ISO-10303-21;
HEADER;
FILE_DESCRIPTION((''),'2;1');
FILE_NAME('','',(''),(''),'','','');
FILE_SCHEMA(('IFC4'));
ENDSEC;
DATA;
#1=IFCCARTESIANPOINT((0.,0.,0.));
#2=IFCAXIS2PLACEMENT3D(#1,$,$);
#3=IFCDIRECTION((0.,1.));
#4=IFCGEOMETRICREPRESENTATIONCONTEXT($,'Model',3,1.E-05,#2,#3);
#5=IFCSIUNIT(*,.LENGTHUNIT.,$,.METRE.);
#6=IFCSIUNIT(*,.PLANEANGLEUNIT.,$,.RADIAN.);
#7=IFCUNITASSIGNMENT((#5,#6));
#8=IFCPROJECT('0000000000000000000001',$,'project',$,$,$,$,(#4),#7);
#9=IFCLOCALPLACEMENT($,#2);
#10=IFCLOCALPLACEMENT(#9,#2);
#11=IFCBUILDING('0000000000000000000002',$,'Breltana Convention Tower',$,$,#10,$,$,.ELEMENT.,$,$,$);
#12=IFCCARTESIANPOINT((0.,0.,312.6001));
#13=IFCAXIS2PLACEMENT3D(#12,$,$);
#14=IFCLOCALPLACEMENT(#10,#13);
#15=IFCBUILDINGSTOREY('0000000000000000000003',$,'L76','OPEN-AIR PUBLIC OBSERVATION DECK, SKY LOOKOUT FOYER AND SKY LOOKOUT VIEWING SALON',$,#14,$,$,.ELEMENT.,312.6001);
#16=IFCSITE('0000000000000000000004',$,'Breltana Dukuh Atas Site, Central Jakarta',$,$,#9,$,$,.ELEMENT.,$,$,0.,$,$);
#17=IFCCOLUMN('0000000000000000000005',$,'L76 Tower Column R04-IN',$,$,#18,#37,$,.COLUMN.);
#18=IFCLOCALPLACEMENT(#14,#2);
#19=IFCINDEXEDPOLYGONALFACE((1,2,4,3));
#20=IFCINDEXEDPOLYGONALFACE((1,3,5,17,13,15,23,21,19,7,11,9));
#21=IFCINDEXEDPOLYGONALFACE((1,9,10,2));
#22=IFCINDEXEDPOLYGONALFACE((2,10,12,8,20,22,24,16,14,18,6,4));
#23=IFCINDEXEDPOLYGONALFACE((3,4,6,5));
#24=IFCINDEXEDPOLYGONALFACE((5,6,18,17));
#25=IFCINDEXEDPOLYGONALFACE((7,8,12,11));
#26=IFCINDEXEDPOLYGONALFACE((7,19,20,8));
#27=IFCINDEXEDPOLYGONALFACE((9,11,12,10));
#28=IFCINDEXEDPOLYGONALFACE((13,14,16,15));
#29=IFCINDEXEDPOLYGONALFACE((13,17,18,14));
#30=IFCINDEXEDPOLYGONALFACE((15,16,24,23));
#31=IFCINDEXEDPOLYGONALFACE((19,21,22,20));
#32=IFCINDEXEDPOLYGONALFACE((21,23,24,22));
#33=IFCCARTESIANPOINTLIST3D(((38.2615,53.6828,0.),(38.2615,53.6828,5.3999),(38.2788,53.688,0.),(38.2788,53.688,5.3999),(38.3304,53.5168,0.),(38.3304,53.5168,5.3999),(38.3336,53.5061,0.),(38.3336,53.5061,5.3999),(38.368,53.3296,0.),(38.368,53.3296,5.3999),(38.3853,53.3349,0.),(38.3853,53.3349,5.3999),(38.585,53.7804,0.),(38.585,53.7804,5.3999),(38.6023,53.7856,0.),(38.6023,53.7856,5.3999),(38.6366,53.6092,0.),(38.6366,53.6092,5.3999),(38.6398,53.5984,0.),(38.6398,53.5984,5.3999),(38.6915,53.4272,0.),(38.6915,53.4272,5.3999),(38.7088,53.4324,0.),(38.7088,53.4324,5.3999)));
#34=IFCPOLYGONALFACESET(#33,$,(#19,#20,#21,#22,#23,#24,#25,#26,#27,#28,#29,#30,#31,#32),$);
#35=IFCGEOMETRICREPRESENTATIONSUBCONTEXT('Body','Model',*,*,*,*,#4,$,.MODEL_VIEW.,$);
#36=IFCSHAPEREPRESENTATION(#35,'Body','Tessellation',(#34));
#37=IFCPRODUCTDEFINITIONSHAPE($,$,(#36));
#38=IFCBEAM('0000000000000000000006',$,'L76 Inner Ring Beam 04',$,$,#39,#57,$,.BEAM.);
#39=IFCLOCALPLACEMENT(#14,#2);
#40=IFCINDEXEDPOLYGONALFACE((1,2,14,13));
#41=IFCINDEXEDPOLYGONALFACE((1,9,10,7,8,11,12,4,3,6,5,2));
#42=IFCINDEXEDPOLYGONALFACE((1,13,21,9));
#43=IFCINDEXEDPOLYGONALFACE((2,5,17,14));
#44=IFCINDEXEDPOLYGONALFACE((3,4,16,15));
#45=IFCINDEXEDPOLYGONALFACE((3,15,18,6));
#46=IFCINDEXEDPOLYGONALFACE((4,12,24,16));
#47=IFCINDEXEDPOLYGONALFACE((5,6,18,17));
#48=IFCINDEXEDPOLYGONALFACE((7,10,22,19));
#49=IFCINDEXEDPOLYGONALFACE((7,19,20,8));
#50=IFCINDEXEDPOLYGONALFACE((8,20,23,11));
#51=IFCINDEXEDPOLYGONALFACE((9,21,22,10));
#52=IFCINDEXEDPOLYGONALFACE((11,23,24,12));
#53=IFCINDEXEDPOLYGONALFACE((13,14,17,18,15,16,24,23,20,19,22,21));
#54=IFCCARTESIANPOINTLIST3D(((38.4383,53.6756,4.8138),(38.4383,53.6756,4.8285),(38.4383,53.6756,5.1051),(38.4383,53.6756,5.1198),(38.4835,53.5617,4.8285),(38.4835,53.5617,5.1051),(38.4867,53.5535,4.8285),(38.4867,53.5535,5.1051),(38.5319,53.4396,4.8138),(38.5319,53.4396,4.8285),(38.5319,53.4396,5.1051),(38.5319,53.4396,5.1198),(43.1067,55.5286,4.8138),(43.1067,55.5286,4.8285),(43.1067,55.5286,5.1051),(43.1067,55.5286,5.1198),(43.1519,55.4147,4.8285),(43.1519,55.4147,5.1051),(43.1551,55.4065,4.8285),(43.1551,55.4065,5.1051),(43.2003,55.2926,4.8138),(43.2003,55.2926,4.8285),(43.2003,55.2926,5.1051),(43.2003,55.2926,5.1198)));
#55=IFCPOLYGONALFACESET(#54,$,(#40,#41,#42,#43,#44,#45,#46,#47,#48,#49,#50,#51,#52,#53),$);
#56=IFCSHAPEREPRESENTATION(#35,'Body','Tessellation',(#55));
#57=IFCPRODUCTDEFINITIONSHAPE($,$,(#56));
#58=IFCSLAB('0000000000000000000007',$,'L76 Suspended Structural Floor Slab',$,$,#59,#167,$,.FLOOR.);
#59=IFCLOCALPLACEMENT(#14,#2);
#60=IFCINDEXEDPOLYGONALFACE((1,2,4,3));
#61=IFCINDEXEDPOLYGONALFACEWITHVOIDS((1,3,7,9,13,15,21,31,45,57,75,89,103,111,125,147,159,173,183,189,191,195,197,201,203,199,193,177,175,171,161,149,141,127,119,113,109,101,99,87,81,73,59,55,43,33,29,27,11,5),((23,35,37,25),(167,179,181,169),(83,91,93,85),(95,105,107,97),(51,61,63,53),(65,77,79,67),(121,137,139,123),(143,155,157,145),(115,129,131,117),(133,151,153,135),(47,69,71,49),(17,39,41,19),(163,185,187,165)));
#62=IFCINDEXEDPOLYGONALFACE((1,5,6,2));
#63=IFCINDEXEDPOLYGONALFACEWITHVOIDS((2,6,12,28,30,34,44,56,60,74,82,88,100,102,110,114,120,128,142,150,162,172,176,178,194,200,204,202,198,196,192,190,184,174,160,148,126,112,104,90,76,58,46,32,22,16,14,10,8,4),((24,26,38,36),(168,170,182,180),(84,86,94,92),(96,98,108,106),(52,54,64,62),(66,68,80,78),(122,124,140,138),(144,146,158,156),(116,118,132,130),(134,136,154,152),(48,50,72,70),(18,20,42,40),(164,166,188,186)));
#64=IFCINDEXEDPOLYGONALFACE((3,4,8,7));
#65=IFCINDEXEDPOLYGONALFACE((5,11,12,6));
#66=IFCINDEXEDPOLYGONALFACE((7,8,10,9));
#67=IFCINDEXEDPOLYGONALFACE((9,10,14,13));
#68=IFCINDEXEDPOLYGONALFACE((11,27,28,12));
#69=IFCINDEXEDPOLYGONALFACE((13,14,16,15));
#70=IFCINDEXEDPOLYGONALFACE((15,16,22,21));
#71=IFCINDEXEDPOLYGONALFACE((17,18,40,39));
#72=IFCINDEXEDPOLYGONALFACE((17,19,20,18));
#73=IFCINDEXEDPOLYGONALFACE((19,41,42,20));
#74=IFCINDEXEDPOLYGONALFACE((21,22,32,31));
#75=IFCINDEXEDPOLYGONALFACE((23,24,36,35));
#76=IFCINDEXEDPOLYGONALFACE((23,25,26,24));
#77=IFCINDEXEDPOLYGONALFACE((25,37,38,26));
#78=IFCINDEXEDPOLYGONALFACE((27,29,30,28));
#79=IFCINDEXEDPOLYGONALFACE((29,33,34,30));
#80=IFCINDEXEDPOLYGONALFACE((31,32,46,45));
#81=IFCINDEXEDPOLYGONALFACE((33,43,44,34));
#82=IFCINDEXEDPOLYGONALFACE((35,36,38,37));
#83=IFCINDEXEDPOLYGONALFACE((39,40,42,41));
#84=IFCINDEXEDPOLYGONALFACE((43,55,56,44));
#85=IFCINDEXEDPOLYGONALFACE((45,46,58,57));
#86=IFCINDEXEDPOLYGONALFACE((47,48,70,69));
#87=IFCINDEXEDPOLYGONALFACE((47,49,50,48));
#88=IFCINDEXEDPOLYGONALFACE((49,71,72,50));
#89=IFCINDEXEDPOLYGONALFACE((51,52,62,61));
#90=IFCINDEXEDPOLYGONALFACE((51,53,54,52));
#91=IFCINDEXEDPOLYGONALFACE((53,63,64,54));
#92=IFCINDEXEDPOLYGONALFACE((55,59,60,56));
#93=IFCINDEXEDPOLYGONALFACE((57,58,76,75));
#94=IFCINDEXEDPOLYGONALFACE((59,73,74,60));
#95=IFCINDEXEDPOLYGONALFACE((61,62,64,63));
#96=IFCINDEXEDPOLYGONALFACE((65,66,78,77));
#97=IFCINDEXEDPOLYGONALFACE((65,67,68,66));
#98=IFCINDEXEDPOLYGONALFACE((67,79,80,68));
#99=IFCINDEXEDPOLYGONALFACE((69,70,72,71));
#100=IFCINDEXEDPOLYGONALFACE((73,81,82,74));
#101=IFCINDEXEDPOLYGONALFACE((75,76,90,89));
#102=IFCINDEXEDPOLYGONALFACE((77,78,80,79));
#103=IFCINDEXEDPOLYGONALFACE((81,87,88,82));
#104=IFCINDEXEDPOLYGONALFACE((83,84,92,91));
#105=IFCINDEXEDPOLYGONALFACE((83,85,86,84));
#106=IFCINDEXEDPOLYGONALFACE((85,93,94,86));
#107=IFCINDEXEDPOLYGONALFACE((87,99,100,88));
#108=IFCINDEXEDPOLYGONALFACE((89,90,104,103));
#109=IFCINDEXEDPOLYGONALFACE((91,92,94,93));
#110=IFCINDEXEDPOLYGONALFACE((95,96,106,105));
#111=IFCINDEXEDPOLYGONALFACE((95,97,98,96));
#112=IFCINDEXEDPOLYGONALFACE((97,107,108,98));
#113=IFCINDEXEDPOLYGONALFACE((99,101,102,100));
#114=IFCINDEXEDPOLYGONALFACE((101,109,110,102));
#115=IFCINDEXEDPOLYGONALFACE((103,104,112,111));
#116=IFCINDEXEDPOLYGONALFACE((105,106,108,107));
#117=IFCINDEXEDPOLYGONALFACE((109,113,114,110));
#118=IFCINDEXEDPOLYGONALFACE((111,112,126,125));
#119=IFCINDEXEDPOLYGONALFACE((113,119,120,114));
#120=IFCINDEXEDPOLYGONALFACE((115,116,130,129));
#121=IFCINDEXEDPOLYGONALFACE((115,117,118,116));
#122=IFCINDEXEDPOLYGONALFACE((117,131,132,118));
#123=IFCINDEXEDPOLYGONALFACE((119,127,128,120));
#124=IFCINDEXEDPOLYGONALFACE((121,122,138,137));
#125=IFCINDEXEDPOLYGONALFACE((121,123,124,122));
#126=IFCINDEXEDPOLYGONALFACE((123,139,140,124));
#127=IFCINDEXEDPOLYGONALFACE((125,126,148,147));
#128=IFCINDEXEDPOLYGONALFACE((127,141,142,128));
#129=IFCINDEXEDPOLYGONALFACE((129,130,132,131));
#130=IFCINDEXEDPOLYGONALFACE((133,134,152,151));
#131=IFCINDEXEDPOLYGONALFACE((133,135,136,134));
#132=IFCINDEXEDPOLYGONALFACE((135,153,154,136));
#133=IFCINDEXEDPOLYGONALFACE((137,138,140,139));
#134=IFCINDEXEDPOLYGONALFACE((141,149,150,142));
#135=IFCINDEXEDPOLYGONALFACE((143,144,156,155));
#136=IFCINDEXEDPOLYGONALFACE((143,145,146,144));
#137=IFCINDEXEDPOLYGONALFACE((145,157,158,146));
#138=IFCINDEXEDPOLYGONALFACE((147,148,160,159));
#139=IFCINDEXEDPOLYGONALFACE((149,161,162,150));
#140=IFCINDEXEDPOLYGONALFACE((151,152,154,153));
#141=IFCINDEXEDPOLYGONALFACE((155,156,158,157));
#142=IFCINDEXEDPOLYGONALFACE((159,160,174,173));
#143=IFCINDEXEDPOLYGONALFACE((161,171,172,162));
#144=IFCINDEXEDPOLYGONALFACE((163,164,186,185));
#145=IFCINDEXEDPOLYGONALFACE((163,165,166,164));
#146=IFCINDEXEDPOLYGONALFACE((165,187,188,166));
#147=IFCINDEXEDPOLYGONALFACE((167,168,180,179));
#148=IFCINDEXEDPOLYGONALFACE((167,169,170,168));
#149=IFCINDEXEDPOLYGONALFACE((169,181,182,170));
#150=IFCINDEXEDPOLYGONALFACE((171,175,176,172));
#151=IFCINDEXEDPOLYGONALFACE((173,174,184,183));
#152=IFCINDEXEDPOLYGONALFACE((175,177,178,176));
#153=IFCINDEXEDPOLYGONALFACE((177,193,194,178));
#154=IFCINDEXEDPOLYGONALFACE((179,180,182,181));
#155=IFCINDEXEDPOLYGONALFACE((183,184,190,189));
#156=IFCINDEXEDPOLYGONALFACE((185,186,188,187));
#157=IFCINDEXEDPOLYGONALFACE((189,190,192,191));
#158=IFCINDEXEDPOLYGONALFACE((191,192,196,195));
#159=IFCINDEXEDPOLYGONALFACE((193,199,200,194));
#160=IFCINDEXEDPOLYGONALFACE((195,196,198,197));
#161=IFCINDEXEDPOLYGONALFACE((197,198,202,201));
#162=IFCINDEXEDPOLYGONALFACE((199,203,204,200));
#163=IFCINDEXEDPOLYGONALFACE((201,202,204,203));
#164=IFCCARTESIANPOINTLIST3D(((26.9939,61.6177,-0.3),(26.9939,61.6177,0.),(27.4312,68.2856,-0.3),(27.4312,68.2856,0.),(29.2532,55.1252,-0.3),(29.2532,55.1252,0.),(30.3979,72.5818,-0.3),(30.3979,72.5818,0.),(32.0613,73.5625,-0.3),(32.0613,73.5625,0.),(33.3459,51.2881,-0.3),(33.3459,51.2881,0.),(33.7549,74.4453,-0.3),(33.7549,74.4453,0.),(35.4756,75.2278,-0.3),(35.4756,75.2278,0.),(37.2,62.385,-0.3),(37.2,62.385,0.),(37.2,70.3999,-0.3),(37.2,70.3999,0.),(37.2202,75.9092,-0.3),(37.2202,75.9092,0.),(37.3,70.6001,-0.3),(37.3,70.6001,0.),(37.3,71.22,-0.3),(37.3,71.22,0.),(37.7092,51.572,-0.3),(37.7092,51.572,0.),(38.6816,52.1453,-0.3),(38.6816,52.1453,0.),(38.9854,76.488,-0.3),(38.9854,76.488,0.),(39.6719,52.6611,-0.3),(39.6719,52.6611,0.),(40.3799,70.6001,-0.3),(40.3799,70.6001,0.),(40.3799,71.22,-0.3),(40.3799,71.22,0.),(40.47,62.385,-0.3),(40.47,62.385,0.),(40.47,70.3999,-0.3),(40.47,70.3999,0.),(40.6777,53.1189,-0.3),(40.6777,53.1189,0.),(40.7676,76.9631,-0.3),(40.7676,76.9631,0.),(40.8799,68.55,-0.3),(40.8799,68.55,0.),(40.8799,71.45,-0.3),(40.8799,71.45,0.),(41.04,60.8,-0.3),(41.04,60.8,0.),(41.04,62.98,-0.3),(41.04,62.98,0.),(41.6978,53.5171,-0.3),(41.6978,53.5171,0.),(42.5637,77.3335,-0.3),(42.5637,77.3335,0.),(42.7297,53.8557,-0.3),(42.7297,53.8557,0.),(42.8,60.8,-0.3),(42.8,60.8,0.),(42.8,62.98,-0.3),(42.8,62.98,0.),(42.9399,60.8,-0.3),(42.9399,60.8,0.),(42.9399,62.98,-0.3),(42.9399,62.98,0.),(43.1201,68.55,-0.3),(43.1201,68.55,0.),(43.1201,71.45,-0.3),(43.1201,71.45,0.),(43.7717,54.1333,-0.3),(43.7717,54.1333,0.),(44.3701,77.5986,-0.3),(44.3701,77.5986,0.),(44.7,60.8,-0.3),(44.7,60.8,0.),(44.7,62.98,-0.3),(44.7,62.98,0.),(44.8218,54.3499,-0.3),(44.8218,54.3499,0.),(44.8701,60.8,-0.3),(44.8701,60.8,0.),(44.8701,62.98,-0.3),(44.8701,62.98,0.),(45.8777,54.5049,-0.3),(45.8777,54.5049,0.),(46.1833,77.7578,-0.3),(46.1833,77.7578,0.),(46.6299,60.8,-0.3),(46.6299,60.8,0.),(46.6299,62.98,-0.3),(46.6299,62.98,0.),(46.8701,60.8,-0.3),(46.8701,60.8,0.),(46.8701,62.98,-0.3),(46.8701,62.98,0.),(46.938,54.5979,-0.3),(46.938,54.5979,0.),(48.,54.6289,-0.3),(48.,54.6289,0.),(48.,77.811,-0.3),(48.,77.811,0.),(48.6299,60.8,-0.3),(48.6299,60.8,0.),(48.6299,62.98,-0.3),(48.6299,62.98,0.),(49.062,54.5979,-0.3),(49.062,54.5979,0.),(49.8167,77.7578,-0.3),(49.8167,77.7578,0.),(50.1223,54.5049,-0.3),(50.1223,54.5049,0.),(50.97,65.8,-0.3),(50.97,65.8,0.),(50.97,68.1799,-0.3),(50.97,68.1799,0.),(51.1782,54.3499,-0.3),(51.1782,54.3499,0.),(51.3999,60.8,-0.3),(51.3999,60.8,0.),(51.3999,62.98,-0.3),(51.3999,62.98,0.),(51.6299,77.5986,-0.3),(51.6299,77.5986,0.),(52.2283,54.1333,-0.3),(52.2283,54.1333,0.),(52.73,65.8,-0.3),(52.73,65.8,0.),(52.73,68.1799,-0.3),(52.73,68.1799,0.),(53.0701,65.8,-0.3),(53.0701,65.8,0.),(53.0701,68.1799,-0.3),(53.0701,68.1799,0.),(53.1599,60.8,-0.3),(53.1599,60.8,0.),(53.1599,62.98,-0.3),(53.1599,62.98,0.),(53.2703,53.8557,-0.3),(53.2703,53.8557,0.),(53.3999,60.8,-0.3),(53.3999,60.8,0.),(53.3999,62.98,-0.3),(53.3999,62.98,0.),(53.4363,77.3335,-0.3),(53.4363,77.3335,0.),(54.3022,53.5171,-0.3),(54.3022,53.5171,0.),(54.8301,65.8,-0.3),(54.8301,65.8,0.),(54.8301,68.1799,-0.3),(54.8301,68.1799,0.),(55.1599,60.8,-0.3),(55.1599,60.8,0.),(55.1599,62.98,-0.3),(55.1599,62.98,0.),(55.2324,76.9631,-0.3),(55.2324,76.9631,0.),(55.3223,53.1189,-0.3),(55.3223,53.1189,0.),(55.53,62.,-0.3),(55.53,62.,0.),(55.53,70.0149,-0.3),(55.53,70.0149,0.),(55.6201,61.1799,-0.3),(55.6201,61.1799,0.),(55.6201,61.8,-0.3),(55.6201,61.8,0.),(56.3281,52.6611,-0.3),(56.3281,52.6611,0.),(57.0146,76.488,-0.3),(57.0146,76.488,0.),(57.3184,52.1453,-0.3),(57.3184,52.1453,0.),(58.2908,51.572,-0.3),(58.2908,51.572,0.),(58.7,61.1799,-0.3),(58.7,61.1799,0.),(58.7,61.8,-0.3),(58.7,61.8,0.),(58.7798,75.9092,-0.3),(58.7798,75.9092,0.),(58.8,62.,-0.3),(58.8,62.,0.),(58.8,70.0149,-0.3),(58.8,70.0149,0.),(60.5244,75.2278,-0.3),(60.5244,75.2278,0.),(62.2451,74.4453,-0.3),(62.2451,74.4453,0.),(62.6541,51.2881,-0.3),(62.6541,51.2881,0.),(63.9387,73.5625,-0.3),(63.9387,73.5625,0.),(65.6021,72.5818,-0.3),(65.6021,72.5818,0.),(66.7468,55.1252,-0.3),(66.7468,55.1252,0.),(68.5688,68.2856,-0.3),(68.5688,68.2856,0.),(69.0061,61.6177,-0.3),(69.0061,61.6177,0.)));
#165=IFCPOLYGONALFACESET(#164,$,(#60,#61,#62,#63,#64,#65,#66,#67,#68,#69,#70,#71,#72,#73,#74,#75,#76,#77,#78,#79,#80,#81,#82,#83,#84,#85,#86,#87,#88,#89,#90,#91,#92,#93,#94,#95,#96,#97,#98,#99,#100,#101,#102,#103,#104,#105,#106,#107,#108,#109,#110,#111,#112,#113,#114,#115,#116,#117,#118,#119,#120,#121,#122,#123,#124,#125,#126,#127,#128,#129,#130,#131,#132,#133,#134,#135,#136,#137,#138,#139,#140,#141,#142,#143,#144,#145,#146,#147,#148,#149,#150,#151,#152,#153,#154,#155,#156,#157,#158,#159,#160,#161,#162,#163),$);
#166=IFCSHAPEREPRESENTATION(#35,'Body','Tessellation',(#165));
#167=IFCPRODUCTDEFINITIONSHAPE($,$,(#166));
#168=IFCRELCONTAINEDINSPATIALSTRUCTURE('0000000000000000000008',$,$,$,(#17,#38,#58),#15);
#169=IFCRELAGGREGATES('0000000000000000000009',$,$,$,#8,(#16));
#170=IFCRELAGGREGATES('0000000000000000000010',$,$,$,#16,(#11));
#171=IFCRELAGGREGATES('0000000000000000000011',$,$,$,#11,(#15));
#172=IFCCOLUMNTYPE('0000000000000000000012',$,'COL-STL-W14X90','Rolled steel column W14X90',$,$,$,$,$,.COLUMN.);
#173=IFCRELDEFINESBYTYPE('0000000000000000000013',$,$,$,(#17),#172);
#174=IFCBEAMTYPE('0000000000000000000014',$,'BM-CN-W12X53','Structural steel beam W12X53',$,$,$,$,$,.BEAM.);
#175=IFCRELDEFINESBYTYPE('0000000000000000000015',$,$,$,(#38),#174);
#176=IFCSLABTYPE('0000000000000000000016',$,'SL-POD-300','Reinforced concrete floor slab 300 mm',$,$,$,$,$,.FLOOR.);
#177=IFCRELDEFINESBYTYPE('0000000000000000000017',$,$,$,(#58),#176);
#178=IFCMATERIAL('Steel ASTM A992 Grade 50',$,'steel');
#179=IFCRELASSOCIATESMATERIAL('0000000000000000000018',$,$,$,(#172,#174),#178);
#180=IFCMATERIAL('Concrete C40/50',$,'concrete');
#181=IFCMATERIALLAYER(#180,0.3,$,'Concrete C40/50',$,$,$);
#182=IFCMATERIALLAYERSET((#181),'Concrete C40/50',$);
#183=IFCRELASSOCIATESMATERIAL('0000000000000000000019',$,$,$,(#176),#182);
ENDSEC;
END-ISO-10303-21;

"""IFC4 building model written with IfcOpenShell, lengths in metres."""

from ifc_helpers import new_model, si_unit, direction, frame, origin, origin_2d, place, context, subcontext, project, spatial, polyline, i_section, outline, extrude, source, transform, mapped, material, layer, layer_set, material_profile, profile_set, type_object, element, save


model = new_model("IFC4")

# Units and contexts
model_context = context("Model", 3, precision=1e-05, world=origin(), true_north=direction((0.0, 1.0)))
body_context = subcontext(model_context, "Body", "Model", "MODEL_VIEW")
ifc_project = project(units=[si_unit("LENGTHUNIT", "METRE"), si_unit("PLANEANGLEUNIT", "RADIAN")], contexts=[model_context])

# Site, building, storey
site_placement = place(None, origin())
site = spatial("IfcSite", under=ifc_project, at=site_placement, Name="Breltana Dukuh Atas Site, Central Jakarta", CompositionType="ELEMENT", RefElevation=0.0)
building_placement = place(site_placement, origin())
building = spatial("IfcBuilding", under=site, at=building_placement, Name="Breltana Convention Tower", CompositionType="ELEMENT")
storey_placement = place(building_placement, frame((0.0, 0.0, 312.6001)))
storey = spatial("IfcBuildingStorey", under=building, at=storey_placement, Name="L76", Description="OPEN-AIR PUBLIC OBSERVATION DECK, SKY LOOKOUT FOYER AND SKY LOOKOUT VIEWING SALON", CompositionType="ELEMENT", Elevation=312.6001)

# Column
ifc_material_1 = material(Name="Steel ASTM A992 Grade 50", Category="steel")
ifc_material_profile_1 = material_profile(ifc_material_1, i_section(OverallWidth=0.3689, OverallDepth=0.356, WebThickness=0.0112, FlangeThickness=0.0181, at=origin_2d()), Name="W14X90")
ifc_profile_set_1 = profile_set([ifc_material_profile_1], Name="Steel ASTM A992 Grade 50")
column_type = type_object("IfcColumnType", Name="COL-STL-W14X90", Description="Rolled steel column W14X90", PredefinedType="COLUMN", material=ifc_profile_set_1)
shared_shape_1 = source(origin(), body_context, "Body", "SweptSolid", [
    extrude(i_section(OverallWidth=0.3689, OverallDepth=0.356, WebThickness=0.0112, FlangeThickness=0.0181, at=origin_2d()), origin(), (0.0, 0.0, 1.0), 5.3999),
])
column_placement = place(storey_placement, frame((38.4851, 53.5576, 0.0), z_axis=(0.0, 0.0, 1.0), x_axis=(-0.288698, 0.95742, 0.0)))
element("IfcColumn", 1, at=column_placement, inside=storey, type_object=column_type, Name="L76 Tower Column R04-IN", PredefinedType="COLUMN", context=body_context, shape_type="MappedRepresentation", body=[
    mapped(shared_shape_1, transform((0.0, 0.0, 0.0), scale=1.0)),
])

# Beam
ifc_material_profile_2 = material_profile(ifc_material_1, i_section(OverallWidth=0.2539, OverallDepth=0.3059, WebThickness=0.0088, FlangeThickness=0.0146, at=origin_2d()), Name="W12X53")
ifc_profile_set_2 = profile_set([ifc_material_profile_2], Name="Steel ASTM A992 Grade 50")
beam_type = type_object("IfcBeamType", Name="BM-CN-W12X53", Description="Structural steel beam W12X53", PredefinedType="BEAM", material=ifc_profile_set_2)
shared_shape_2 = source(origin(), body_context, "Body", "SweptSolid", [
    extrude(i_section(OverallWidth=0.2539, OverallDepth=0.3059, WebThickness=0.0088, FlangeThickness=0.0146, at=origin_2d()), origin(), (0.0, 0.0, 1.0), 5.0227),
])
beam_placement = place(storey_placement, frame((38.4851, 53.5576, 4.9668), z_axis=(0.929459, 0.368926, 0.0), x_axis=(-0.368926, 0.929459, 0.0)))
element("IfcBeam", 2, at=beam_placement, inside=storey, type_object=beam_type, Name="L76 Inner Ring Beam 04", PredefinedType="BEAM", context=body_context, shape_type="MappedRepresentation", body=[
    mapped(shared_shape_2, transform((0.0, 0.0, 0.0), scale=1.0)),
])

# Slab
ifc_material_2 = material(Name="Concrete C40/50", Category="concrete")
ifc_layer_1 = layer(ifc_material_2, 0.3, Name="Concrete C40/50")
ifc_layer_set_1 = layer_set([ifc_layer_1], Name="Concrete C40/50")
slab_type_1 = type_object("IfcSlabType", Name="SL-POD-300", Description="Reinforced concrete floor slab 300 mm", PredefinedType="FLOOR", material=ifc_layer_set_1)
slab_1_placement = place(storey_placement, frame((0.0, 0.0, -0.3)))
element("IfcSlab", 3, at=slab_1_placement, inside=storey, type_object=slab_type_1, Name="L76 Suspended Structural Floor Slab", PredefinedType="FLOOR", context=body_context, shape_type="SweptSolid", body=[
    extrude(outline(polyline([(65.6021, 72.5818), (63.9387, 73.5625), (62.2451, 74.4453), (60.5244, 75.2278), (58.7798, 75.9092), (57.0146, 76.488), (55.2324, 76.9631), (53.4363, 77.3335), (51.6299, 77.5986), (49.8167, 77.7578), (48.0, 77.811), (46.1833, 77.7578), (44.3701, 77.5986), (42.5637, 77.3335), (40.7676, 76.9631), (38.9854, 76.488), (37.2202, 75.9092), (35.4756, 75.2278), (33.7549, 74.4453), (32.0613, 73.5625), (30.3979, 72.5818), (27.4312, 68.2856), (26.9939, 61.6177), (29.2532, 55.1252), (33.3459, 51.2881), (37.7092, 51.572), (38.6816, 52.1453), (39.6719, 52.6611), (40.6777, 53.1189), (41.6978, 53.5171), (42.7297, 53.8557), (43.7717, 54.1333), (44.8218, 54.3499), (45.8777, 54.5049), (46.938, 54.5979), (48.0, 54.6289), (49.062, 54.5979), (50.1223, 54.5049), (51.1782, 54.3499), (52.2283, 54.1333), (53.2703, 53.8557), (54.3022, 53.5171), (55.3223, 53.1189), (56.3281, 52.6611), (57.3184, 52.1453), (58.2908, 51.572), (62.6541, 51.2881), (66.7468, 55.1252), (69.0061, 61.6177), (68.5688, 68.2856), (65.6021, 72.5818)]), holes=[polyline([(37.2, 62.385), (40.47, 62.385), (40.47, 70.3999), (37.2, 70.3999), (37.2, 62.385)]), polyline([(55.53, 62.0), (58.8, 62.0), (58.8, 70.0149), (55.53, 70.0149), (55.53, 62.0)]), polyline([(41.04, 60.8), (42.8, 60.8), (42.8, 62.98), (41.04, 62.98), (41.04, 60.8)]), polyline([(42.9399, 60.8), (44.7, 60.8), (44.7, 62.98), (42.9399, 62.98), (42.9399, 60.8)]), polyline([(44.8701, 60.8), (46.6299, 60.8), (46.6299, 62.98), (44.8701, 62.98), (44.8701, 60.8)]), polyline([(46.8701, 60.8), (48.6299, 60.8), (48.6299, 62.98), (46.8701, 62.98), (46.8701, 60.8)]), polyline([(51.3999, 60.8), (53.1599, 60.8), (53.1599, 62.98), (51.3999, 62.98), (51.3999, 60.8)]), polyline([(53.3999, 60.8), (55.1599, 60.8), (55.1599, 62.98), (53.3999, 62.98), (53.3999, 60.8)]), polyline([(50.97, 65.8), (52.73, 65.8), (52.73, 68.1799), (50.97, 68.1799), (50.97, 65.8)]), polyline([(53.0701, 65.8), (54.8301, 65.8), (54.8301, 68.1799), (53.0701, 68.1799), (53.0701, 65.8)]), polyline([(40.8799, 68.55), (43.1201, 68.55), (43.1201, 71.45), (40.8799, 71.45), (40.8799, 68.55)]), polyline([(37.3, 70.6001), (40.3799, 70.6001), (40.3799, 71.22), (37.3, 71.22), (37.3, 70.6001)]), polyline([(55.6201, 61.1799), (58.7, 61.1799), (58.7, 61.8), (55.6201, 61.8), (55.6201, 61.1799)])]), origin(), (0.0, 0.0, 1.0), 0.3),
])

save(model, "model.ifc")
